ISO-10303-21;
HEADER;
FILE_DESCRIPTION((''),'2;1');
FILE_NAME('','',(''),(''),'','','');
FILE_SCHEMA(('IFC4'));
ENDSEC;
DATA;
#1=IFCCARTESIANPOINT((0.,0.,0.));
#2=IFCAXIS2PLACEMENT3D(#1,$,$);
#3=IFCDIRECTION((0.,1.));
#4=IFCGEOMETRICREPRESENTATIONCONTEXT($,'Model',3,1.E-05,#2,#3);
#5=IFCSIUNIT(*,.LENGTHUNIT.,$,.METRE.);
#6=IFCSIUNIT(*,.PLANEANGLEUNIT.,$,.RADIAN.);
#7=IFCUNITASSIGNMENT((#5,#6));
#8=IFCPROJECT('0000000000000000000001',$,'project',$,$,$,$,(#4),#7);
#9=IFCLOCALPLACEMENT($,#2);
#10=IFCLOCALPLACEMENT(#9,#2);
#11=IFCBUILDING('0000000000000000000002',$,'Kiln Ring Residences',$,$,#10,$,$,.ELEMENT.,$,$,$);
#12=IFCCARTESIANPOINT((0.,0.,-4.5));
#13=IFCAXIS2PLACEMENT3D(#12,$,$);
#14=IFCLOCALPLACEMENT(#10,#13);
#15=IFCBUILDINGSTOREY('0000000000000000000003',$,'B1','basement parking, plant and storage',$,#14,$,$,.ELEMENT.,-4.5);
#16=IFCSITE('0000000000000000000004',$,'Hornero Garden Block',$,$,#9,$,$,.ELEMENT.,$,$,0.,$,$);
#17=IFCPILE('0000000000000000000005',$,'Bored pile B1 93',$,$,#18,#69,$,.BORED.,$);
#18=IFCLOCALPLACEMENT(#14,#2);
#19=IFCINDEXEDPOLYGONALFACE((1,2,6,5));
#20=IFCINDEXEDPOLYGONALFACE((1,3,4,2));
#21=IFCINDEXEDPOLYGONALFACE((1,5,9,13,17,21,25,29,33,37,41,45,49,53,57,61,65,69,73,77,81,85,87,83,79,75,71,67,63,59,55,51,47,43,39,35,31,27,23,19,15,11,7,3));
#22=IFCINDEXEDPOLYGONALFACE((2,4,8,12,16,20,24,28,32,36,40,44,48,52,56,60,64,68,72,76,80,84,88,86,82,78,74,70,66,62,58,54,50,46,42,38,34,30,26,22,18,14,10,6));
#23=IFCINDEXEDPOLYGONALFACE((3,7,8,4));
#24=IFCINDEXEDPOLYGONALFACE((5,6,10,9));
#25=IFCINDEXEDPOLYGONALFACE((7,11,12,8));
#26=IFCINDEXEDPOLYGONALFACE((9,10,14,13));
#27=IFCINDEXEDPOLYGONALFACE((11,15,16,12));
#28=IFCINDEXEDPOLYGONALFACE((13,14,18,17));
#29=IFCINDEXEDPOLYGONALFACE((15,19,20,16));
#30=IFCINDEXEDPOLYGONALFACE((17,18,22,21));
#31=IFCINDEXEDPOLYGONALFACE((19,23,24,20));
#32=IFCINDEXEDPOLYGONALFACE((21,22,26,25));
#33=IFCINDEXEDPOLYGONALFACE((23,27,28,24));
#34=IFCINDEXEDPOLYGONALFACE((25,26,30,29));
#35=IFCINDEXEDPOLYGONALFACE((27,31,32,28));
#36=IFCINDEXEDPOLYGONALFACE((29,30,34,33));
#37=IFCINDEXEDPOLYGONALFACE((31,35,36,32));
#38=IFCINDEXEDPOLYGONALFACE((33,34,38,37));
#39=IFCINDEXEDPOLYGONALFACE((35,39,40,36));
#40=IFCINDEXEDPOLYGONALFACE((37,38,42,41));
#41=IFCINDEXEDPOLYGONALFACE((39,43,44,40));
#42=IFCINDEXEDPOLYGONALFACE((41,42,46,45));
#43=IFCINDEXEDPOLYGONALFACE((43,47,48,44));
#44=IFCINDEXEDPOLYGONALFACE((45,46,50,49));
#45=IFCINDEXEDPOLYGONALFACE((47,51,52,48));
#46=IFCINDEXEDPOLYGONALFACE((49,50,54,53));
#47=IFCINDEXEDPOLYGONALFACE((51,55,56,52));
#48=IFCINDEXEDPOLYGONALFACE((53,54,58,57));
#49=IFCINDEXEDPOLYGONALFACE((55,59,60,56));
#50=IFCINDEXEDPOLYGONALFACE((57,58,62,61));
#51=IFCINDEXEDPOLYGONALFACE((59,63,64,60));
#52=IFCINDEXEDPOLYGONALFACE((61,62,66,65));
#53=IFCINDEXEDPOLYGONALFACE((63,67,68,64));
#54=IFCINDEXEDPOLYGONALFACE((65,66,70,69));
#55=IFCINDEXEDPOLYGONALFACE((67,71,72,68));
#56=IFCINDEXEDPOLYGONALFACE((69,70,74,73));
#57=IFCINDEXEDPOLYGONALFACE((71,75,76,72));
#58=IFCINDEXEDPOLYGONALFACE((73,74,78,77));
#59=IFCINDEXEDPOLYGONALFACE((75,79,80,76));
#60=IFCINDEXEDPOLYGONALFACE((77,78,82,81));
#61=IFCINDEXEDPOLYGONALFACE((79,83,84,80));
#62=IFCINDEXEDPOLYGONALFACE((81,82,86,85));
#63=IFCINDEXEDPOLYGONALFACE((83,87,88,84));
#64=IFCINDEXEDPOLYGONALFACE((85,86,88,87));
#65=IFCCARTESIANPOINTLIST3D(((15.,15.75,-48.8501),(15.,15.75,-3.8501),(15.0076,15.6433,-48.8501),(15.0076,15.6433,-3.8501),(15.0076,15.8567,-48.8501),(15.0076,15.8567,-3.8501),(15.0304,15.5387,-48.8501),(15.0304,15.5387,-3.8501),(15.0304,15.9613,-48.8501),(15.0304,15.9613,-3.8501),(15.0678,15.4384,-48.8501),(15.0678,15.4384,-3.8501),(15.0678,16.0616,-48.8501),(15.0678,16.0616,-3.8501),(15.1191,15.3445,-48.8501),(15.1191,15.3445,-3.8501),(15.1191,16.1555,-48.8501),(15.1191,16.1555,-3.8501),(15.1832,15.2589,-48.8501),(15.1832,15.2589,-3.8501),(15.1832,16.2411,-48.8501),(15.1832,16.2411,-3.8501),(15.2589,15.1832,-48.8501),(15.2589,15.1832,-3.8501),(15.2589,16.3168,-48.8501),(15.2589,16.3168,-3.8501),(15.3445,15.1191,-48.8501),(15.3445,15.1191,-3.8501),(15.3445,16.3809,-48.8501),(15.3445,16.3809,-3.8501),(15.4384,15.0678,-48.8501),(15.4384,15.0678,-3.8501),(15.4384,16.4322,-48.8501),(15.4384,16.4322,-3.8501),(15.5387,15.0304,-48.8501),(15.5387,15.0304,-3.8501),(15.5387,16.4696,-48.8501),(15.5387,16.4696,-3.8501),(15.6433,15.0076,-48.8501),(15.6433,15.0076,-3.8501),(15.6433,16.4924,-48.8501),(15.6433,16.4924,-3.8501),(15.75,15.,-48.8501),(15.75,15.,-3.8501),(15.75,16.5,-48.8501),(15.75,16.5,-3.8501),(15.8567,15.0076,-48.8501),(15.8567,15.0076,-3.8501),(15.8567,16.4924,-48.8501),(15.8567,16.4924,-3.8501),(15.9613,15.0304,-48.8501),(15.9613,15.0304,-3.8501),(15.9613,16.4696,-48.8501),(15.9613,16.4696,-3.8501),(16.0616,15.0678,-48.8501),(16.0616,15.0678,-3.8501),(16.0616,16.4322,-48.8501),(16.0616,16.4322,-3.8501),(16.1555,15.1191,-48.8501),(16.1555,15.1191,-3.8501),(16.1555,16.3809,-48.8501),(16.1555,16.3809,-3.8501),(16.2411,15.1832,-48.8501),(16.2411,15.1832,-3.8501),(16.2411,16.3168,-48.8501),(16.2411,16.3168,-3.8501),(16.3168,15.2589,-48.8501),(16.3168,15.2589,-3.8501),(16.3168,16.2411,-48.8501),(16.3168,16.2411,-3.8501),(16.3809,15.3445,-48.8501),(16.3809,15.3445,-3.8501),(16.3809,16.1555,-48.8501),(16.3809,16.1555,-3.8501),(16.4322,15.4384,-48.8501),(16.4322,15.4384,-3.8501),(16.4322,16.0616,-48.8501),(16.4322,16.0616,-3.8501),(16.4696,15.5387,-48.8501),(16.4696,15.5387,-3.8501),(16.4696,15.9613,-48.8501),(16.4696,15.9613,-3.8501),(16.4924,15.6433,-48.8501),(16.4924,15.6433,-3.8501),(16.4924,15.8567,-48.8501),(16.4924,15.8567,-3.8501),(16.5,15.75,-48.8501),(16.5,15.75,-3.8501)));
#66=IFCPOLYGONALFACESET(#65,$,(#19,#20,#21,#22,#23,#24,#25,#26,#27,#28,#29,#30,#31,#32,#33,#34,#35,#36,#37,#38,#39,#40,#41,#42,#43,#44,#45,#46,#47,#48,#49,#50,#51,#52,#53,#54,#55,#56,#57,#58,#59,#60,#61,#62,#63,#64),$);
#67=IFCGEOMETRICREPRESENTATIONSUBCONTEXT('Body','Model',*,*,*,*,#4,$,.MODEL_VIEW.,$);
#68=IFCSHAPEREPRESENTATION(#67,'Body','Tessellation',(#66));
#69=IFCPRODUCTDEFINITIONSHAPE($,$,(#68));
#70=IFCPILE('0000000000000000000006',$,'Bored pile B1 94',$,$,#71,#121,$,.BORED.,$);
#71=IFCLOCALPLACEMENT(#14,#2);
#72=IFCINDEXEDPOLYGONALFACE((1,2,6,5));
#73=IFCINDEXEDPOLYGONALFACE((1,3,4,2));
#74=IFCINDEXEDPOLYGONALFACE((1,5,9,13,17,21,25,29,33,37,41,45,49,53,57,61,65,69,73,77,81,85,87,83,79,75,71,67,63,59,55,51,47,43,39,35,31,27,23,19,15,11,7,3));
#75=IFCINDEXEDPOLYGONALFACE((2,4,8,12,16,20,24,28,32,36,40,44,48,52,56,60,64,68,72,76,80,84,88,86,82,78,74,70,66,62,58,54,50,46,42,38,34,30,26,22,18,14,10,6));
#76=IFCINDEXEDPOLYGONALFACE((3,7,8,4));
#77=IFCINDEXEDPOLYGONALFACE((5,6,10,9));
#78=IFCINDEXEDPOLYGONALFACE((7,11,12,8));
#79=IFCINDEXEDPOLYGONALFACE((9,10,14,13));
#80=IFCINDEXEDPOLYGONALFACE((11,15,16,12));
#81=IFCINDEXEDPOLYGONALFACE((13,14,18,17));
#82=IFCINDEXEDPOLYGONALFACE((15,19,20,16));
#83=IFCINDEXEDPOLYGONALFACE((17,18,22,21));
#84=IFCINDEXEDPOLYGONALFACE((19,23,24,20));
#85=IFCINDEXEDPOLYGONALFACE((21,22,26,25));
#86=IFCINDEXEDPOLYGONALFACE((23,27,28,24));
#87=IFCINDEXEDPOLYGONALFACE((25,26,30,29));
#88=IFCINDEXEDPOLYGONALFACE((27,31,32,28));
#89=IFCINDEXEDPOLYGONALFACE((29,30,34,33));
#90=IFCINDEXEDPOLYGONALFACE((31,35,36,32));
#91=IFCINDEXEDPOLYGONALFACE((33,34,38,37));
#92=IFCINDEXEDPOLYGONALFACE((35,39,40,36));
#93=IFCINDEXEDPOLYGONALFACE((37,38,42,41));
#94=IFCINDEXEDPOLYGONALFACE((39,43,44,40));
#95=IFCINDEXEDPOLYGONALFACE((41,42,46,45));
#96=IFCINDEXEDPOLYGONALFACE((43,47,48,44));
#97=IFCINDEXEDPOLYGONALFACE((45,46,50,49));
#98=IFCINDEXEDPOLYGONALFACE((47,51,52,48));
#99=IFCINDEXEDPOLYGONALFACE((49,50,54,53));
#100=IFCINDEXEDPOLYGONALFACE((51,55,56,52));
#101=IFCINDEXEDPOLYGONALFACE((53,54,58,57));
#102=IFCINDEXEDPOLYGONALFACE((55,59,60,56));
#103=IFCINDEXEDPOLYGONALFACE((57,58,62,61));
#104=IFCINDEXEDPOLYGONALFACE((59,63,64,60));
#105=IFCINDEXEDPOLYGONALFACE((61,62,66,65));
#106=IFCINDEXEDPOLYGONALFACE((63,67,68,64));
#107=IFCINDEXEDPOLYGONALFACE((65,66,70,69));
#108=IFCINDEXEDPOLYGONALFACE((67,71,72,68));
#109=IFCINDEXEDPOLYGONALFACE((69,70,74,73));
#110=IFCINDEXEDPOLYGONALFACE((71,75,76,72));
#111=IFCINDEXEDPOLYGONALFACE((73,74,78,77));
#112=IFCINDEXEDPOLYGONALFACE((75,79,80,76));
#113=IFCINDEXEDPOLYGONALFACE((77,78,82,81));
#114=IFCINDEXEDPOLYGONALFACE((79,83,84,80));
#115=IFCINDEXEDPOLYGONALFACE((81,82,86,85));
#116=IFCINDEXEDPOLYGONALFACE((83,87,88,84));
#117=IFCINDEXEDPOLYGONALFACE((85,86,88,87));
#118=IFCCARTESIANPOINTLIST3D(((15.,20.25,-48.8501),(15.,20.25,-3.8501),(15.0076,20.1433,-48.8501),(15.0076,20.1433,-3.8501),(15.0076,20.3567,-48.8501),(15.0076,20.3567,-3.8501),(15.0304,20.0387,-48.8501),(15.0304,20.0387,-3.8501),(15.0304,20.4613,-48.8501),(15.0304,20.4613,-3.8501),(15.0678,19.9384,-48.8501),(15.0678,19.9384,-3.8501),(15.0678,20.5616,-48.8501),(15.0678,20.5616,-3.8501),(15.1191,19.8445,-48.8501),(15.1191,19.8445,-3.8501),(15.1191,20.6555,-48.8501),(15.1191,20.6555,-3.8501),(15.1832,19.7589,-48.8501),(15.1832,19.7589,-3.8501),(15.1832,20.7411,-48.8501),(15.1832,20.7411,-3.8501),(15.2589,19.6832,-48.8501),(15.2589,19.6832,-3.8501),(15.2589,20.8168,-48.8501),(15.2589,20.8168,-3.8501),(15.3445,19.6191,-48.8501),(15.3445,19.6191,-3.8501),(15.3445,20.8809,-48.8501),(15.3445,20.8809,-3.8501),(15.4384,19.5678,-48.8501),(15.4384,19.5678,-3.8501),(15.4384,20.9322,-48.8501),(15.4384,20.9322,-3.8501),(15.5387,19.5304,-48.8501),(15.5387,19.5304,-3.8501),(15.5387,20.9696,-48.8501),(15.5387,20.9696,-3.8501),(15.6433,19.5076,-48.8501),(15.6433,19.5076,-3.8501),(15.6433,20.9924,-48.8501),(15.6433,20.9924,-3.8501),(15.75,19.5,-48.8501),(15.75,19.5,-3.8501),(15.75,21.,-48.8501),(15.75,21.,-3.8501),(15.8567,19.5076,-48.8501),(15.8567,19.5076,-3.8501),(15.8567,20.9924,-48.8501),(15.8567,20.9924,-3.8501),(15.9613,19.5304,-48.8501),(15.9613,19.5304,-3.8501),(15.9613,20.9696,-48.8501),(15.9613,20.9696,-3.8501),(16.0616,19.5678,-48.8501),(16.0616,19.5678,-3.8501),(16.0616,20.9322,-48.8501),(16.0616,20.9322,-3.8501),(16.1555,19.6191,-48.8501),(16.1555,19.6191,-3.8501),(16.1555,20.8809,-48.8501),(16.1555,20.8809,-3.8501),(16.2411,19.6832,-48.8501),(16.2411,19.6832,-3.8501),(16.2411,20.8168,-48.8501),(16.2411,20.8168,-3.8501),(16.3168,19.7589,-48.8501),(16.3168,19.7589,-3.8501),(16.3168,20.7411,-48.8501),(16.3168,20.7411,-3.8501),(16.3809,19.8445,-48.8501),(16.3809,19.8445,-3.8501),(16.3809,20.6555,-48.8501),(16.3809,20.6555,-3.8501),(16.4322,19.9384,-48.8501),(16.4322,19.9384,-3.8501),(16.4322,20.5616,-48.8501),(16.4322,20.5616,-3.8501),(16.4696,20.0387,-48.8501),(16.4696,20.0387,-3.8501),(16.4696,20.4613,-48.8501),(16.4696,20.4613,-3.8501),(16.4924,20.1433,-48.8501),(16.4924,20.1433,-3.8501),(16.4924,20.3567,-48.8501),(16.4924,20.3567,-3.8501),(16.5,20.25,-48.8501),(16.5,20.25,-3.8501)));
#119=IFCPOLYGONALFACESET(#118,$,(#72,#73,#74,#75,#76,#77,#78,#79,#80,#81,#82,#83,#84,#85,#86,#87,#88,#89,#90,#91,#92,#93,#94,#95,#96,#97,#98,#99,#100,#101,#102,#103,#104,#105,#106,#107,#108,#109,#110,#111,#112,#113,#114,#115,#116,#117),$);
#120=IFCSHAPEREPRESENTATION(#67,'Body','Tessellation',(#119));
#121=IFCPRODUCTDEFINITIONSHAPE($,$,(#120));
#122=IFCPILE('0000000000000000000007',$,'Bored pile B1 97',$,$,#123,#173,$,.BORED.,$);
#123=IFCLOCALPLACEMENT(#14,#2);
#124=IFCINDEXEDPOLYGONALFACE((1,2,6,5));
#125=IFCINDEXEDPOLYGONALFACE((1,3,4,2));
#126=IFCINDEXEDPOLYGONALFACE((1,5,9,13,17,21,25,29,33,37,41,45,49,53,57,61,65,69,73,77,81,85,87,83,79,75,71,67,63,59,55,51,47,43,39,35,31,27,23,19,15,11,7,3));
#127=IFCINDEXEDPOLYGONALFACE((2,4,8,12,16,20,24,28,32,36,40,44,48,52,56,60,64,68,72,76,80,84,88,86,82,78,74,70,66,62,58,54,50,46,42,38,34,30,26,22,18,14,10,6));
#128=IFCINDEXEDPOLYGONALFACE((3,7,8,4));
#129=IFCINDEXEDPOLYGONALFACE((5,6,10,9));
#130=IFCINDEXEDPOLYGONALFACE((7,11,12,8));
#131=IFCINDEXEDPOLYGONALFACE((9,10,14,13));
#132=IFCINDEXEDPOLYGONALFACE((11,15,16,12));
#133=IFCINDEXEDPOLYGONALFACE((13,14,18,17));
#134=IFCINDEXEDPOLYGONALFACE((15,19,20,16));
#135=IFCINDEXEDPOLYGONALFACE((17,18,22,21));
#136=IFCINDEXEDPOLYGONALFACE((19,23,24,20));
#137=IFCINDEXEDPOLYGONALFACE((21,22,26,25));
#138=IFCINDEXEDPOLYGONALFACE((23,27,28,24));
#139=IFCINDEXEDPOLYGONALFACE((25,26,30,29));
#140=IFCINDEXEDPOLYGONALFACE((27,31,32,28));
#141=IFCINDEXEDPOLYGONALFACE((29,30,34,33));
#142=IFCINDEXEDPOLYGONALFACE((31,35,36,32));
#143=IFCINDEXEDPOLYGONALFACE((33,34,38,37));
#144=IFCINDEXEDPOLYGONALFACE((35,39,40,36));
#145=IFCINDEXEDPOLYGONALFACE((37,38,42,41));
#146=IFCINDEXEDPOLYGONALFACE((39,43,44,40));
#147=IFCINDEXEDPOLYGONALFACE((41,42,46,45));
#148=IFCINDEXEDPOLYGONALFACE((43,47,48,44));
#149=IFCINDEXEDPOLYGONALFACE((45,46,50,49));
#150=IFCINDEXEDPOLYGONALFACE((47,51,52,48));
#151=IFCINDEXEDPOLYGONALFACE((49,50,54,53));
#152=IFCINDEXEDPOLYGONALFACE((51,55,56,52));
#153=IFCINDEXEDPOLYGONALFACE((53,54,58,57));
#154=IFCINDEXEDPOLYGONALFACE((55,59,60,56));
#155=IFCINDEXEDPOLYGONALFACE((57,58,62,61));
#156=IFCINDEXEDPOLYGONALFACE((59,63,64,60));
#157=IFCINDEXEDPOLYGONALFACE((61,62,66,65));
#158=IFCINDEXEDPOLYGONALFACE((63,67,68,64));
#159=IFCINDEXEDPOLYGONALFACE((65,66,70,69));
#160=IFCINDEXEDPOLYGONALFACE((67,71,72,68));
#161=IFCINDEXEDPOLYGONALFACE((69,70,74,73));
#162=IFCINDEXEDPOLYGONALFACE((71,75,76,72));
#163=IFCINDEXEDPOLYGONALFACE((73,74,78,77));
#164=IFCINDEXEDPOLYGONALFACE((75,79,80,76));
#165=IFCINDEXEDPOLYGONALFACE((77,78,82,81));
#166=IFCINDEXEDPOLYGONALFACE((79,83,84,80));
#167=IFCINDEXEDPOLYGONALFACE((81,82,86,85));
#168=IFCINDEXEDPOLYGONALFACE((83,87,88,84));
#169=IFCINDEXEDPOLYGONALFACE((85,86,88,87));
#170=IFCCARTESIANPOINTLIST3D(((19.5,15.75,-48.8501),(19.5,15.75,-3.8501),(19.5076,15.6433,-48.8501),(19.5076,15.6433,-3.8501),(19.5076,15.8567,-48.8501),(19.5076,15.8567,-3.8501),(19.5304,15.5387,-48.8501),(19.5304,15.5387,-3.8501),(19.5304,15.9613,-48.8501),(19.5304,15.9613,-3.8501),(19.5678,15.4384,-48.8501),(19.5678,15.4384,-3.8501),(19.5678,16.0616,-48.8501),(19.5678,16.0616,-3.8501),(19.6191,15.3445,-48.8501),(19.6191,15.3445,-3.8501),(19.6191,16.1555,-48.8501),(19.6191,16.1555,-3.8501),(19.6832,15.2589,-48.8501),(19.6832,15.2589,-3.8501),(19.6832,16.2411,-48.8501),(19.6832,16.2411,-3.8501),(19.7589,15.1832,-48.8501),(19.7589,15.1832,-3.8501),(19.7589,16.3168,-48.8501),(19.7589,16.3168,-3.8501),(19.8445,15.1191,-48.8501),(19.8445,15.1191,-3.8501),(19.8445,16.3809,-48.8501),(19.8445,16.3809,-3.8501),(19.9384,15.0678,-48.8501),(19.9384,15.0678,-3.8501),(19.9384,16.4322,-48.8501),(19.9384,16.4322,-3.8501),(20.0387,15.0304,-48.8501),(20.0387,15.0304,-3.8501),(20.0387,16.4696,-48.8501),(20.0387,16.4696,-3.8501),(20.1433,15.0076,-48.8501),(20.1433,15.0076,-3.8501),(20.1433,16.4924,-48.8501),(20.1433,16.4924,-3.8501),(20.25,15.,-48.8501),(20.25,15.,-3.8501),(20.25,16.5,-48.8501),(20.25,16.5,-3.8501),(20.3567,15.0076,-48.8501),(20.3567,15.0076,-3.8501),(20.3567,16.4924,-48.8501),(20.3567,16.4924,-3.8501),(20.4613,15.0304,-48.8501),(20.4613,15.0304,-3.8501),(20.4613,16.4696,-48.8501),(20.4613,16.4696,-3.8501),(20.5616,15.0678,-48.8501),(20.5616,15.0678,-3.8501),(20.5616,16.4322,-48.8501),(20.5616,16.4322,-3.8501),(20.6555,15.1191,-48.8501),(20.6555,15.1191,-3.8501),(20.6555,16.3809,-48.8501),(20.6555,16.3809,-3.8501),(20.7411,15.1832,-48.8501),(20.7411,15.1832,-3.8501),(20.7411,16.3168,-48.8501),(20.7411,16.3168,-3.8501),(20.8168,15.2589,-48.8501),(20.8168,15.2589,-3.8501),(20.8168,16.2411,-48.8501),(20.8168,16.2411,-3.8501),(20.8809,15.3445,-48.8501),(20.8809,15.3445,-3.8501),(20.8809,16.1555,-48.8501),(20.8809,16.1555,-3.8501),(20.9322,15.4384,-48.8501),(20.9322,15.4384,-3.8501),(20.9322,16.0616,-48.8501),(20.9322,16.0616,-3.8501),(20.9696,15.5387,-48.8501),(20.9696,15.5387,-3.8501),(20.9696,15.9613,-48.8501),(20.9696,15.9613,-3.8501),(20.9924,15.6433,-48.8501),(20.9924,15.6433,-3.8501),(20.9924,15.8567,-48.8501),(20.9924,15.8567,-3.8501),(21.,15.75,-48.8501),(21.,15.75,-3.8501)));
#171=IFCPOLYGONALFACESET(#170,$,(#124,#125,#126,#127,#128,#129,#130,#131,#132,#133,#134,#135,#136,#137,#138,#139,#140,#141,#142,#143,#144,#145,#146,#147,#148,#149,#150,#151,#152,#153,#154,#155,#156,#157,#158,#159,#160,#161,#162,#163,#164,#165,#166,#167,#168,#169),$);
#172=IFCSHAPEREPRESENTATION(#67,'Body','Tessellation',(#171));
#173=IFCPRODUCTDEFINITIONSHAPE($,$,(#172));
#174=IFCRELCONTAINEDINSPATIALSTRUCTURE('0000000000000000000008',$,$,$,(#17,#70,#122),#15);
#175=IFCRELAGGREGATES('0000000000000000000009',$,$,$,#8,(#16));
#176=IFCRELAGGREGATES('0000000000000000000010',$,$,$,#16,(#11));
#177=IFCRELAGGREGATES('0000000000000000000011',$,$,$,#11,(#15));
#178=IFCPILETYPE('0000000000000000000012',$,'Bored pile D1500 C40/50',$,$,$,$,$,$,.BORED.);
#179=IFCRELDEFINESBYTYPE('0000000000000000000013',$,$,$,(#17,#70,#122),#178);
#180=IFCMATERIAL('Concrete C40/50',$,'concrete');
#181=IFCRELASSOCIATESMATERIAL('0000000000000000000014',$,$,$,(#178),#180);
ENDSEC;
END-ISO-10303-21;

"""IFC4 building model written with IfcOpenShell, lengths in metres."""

from ifc_helpers import new_model, si_unit, direction, frame, origin, origin_2d, place, context, subcontext, project, spatial, circle, extrude, material, material_profile, profile_set, type_object, element, save


model = new_model("IFC4")

# Units and contexts
model_context = context("Model", 3, precision=1e-05, world=origin(), true_north=direction((0.0, 1.0)))
body_context = subcontext(model_context, "Body", "Model", "MODEL_VIEW")
ifc_project = project(units=[si_unit("LENGTHUNIT", "METRE"), si_unit("PLANEANGLEUNIT", "RADIAN")], contexts=[model_context])

# Site, building, storey
site_placement = place(None, origin())
site = spatial("IfcSite", under=ifc_project, at=site_placement, Name="Hornero Garden Block", CompositionType="ELEMENT", RefElevation=0.0)
building_placement = place(site_placement, origin())
building = spatial("IfcBuilding", under=site, at=building_placement, Name="Kiln Ring Residences", CompositionType="ELEMENT")
storey_placement = place(building_placement, frame((0.0, 0.0, -4.5)))
storey = spatial("IfcBuildingStorey", under=building, at=storey_placement, Name="B1", Description="basement parking, plant and storage", CompositionType="ELEMENT", Elevation=-4.5)

# Piles
ifc_material_1 = material(Name="Concrete C40/50", Category="concrete")
ifc_material_profile = material_profile(ifc_material_1, circle(Radius=0.75, at=origin_2d()), Name="BORED1500")
ifc_profile_set = profile_set([ifc_material_profile], Name="Concrete C40/50")
pile_type = type_object("IfcPileType", Name="Bored pile D1500 C40/50", PredefinedType="BORED", material=ifc_profile_set)
for number, where, z_axis, x_axis, name in (
    (1, (15.75, 15.75, -3.8501), (0.0, 0.0, -1.0), (1.0, 0.0, 0.0), "Bored pile B1 93"),
    (2, (15.75, 20.25, -3.8501), (0.0, 0.0, -1.0), (1.0, 0.0, 0.0), "Bored pile B1 94"),
    (3, (20.25, 15.75, -3.8501), (0.0, 0.0, -1.0), (1.0, 0.0, 0.0), "Bored pile B1 97"),
):
    element("IfcPile", number, at=place(storey_placement, frame(where, z_axis=z_axis, x_axis=x_axis)), inside=storey, type_object=pile_type, Name=name, PredefinedType="BORED", context=body_context, shape_type="SweptSolid", body=[
        extrude(circle(Radius=0.75, at=origin_2d()), origin(), (0.0, 0.0, 1.0), 45.0),
    ])

save(model, "model.ifc")
